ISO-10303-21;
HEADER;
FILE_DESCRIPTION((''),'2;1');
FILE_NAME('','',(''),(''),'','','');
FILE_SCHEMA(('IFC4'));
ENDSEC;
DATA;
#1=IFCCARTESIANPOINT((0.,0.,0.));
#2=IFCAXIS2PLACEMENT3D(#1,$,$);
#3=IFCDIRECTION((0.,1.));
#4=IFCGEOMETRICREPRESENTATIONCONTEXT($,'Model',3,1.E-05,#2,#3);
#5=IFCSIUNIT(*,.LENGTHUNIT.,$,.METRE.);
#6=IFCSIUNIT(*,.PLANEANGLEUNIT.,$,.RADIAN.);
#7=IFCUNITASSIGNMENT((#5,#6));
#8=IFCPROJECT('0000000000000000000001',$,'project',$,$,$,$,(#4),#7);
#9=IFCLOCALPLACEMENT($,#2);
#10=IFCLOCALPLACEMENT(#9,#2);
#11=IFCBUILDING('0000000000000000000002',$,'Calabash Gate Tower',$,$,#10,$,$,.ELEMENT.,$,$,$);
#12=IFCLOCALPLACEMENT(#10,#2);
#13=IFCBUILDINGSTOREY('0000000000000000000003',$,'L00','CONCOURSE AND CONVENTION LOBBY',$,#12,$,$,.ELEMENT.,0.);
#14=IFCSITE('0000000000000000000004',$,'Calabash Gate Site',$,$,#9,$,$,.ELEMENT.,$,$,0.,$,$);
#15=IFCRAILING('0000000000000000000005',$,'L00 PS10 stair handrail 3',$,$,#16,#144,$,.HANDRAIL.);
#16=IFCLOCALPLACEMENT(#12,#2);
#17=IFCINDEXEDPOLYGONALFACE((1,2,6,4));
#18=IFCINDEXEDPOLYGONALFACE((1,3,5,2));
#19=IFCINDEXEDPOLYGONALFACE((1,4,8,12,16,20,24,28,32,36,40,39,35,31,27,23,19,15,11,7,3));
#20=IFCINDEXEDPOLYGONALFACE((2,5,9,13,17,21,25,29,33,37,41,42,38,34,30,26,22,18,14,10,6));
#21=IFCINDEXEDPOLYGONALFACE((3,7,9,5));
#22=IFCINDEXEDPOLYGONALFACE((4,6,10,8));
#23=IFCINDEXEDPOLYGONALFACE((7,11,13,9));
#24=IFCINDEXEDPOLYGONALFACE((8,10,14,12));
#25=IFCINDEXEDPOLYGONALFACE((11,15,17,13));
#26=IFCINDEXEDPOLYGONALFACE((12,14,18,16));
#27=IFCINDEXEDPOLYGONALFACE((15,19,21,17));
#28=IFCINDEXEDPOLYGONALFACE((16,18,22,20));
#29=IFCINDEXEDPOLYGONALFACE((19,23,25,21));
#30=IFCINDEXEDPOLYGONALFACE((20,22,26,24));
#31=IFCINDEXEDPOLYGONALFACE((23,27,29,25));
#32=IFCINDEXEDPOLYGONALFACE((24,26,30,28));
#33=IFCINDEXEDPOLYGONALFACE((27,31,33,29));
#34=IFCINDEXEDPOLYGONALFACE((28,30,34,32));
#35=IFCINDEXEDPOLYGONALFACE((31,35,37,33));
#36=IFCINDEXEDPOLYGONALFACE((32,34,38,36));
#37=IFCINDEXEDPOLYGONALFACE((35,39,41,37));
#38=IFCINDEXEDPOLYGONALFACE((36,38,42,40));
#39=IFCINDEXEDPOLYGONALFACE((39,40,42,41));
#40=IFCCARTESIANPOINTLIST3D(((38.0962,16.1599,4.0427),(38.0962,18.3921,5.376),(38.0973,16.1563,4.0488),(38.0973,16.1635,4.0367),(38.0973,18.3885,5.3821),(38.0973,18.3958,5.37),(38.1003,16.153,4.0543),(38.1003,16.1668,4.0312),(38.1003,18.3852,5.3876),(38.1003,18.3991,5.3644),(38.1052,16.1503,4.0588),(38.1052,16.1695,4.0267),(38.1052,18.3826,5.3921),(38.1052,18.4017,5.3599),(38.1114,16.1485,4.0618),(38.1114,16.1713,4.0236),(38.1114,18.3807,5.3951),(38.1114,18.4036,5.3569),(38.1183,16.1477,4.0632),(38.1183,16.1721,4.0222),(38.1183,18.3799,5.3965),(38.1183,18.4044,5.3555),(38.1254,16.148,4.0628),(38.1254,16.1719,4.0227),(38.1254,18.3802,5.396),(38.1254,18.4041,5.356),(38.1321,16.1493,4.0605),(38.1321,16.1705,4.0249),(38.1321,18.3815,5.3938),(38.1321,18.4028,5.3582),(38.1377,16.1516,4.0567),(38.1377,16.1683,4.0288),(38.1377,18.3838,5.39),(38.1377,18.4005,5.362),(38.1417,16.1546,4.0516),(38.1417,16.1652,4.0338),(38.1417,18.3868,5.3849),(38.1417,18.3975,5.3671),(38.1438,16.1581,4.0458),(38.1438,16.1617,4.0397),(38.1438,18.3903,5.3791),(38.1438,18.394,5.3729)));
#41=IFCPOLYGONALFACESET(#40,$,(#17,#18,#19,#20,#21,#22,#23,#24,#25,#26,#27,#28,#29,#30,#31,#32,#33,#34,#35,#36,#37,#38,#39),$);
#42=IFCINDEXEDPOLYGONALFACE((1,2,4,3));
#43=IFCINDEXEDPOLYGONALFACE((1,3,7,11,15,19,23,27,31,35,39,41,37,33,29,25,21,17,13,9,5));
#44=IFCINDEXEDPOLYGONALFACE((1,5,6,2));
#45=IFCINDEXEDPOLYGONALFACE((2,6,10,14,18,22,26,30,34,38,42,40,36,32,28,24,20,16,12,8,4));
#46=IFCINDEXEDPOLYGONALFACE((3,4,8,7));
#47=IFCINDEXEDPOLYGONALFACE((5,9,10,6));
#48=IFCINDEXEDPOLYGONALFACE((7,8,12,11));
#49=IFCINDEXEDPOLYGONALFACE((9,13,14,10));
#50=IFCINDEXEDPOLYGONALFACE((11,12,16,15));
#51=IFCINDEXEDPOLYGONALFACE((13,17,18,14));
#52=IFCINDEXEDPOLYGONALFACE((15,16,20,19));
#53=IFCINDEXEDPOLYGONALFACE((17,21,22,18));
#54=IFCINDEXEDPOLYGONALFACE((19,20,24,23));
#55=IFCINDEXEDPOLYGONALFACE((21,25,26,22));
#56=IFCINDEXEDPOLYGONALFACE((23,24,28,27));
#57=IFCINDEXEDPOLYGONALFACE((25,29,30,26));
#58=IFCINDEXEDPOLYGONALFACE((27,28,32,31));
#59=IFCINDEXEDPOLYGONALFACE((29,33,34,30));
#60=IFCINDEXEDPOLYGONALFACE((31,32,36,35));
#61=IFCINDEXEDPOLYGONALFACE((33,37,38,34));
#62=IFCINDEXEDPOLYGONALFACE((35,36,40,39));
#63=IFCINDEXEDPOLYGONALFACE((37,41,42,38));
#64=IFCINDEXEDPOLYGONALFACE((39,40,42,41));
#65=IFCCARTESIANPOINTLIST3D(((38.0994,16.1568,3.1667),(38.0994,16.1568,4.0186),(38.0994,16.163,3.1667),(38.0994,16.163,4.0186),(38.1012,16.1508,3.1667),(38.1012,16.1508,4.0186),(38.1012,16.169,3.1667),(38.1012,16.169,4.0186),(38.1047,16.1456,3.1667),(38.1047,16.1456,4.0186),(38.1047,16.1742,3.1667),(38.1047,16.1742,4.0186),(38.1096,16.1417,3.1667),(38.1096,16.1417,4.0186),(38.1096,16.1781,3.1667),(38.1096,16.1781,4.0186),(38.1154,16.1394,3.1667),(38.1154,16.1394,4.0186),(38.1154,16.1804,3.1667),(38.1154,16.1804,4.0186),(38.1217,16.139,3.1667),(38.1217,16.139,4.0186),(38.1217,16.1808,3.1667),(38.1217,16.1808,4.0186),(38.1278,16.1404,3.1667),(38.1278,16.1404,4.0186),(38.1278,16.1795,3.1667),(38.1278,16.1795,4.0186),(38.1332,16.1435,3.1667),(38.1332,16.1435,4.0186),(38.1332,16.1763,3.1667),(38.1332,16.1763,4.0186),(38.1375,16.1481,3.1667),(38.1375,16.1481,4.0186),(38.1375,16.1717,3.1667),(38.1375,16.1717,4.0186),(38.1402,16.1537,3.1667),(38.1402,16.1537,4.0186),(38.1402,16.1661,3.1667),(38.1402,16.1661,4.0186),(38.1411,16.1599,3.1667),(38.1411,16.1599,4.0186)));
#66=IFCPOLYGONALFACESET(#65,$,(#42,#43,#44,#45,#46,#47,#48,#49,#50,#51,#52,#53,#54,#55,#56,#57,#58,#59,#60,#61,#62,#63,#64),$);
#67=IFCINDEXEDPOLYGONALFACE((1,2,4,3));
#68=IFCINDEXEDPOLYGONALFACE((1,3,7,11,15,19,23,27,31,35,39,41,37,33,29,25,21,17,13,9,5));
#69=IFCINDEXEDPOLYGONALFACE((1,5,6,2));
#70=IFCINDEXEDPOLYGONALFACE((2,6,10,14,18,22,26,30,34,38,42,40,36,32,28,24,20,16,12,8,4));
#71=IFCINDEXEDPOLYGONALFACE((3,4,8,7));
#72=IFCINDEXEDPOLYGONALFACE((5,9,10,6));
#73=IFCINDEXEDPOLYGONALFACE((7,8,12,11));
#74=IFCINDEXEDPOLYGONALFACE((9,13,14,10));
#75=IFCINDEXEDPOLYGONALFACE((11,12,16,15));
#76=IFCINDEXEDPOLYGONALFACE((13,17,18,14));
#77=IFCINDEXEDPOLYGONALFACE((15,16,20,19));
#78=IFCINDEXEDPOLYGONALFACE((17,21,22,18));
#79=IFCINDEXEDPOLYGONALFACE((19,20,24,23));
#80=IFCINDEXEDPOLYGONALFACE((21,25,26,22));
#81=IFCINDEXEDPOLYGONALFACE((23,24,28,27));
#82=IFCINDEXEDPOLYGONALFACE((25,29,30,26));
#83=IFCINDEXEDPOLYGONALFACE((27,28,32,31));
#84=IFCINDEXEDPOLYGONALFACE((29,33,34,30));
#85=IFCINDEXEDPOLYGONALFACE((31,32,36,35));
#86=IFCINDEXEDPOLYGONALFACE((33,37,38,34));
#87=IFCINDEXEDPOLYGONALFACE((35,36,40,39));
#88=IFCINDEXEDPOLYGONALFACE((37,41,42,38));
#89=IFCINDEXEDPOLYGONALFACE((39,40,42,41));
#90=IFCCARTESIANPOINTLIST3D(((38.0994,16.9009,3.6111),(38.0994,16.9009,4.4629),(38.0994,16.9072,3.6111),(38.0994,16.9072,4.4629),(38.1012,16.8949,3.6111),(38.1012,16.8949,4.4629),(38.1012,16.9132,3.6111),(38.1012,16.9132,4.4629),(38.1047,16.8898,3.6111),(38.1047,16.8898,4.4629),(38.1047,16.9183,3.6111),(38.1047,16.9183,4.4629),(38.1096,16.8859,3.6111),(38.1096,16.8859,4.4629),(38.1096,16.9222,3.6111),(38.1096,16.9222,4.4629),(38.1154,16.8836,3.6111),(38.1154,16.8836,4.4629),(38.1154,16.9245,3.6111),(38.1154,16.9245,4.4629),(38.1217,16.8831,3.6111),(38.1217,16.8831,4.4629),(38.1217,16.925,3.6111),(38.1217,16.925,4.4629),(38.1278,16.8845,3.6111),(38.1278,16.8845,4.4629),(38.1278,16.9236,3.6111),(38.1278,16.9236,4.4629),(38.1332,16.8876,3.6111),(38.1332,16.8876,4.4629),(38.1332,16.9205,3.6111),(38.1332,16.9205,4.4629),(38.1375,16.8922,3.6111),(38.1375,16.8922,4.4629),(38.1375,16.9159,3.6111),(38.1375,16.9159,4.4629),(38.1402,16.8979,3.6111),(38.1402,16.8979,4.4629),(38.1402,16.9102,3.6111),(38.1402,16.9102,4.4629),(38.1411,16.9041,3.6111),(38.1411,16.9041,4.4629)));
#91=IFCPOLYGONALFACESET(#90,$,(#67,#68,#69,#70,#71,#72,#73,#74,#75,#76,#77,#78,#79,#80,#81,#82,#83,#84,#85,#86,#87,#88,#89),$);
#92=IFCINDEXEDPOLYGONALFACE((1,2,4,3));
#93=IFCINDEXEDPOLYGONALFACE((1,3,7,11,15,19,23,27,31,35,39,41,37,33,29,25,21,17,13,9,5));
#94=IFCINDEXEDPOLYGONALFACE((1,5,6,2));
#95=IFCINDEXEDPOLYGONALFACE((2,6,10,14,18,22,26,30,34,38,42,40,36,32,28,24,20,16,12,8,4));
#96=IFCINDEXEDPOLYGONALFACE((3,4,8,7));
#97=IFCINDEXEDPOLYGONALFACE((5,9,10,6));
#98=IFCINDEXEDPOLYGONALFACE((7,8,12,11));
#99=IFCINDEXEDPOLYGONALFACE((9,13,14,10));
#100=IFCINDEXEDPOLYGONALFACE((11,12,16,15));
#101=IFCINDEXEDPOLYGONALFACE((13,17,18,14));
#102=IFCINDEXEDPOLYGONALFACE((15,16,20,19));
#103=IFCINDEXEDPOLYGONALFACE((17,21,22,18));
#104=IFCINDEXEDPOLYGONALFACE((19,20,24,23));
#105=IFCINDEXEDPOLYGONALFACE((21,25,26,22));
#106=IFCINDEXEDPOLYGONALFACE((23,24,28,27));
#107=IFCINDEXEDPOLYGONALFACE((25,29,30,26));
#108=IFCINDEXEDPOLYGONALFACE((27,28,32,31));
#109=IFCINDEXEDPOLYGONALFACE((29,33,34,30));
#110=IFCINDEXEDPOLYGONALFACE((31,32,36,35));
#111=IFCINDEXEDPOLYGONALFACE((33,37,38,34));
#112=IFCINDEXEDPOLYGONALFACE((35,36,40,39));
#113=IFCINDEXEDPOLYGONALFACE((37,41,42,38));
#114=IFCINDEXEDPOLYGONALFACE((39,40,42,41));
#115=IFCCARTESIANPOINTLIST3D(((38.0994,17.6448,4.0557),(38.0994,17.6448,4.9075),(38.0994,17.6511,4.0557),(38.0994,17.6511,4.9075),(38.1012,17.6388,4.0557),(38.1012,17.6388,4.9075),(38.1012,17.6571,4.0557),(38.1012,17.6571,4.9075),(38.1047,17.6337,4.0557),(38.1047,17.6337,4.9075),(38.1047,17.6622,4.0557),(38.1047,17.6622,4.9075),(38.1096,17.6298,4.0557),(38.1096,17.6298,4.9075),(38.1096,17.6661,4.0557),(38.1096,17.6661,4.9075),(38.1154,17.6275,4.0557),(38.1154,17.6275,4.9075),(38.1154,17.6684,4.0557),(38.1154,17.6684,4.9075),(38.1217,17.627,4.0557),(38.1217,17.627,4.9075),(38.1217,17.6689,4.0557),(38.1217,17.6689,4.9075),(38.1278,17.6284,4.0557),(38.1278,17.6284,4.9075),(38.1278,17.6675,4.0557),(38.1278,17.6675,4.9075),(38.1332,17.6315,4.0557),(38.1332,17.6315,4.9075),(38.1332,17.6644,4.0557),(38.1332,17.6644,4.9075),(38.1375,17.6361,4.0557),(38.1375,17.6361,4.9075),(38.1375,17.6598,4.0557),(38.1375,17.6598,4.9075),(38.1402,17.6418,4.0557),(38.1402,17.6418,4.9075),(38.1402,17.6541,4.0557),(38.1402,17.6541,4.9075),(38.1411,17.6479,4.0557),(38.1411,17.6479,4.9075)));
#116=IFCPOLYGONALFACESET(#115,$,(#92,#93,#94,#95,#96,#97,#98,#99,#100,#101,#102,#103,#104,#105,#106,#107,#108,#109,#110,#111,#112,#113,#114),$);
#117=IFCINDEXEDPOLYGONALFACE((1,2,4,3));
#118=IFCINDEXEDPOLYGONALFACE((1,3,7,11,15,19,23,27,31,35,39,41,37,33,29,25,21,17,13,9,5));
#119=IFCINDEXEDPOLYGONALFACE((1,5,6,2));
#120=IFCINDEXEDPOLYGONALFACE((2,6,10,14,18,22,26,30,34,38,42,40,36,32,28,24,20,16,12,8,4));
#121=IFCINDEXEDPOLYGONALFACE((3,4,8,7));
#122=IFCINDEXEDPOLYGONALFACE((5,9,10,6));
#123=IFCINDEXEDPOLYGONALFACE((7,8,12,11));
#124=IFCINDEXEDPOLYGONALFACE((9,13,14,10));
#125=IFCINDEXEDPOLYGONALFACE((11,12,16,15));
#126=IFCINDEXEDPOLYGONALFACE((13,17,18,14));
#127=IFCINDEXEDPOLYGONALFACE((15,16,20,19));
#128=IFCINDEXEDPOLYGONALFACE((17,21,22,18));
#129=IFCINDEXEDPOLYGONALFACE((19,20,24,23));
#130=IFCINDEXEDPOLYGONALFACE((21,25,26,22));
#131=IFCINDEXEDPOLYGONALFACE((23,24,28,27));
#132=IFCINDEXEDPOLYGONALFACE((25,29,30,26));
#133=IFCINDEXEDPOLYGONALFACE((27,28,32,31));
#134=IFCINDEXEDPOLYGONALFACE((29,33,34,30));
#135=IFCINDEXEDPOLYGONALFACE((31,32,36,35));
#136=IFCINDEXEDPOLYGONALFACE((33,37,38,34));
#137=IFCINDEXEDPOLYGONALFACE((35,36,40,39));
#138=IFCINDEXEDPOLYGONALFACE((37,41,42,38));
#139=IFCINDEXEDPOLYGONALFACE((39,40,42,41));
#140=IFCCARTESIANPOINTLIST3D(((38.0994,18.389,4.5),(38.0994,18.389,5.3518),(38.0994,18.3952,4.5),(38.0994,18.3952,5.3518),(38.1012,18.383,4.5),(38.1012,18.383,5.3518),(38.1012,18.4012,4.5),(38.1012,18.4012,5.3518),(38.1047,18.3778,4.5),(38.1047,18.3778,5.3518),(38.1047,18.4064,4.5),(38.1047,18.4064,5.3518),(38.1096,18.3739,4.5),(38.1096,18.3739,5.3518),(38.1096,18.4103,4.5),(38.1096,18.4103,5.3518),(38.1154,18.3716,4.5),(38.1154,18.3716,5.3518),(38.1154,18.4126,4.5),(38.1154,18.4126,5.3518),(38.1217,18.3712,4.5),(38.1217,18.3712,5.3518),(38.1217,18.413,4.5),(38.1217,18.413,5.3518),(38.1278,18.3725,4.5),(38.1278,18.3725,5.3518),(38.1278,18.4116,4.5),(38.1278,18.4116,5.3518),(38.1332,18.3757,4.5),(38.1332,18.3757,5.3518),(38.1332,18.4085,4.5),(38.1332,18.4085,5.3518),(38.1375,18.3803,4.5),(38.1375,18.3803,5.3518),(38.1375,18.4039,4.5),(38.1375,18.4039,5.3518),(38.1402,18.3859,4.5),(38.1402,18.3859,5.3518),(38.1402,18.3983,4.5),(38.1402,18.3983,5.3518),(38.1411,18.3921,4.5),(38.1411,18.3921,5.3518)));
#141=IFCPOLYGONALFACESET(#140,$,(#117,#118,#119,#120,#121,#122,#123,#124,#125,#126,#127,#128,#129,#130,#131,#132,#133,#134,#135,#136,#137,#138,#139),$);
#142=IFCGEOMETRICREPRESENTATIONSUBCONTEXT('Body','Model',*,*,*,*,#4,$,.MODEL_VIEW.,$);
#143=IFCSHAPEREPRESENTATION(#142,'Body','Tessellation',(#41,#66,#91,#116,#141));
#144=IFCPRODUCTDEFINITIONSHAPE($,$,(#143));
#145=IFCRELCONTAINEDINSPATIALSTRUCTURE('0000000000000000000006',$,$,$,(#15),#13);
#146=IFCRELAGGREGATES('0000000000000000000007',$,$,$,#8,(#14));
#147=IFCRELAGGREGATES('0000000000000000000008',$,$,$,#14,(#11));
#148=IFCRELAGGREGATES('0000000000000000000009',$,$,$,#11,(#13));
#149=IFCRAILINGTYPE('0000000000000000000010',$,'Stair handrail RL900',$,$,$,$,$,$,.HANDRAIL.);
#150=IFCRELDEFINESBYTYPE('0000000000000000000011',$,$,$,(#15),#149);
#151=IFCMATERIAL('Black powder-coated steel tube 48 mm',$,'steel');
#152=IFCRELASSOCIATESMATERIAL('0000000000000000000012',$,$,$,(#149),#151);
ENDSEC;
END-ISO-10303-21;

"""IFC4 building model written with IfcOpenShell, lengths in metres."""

from ifc_helpers import new_model, si_unit, direction, frame, origin, origin_2d, place, context, subcontext, project, spatial, circle, extrude, material, type_object, element, save


model = new_model("IFC4")

# Units and contexts
model_context = context("Model", 3, precision=1e-05, world=origin(), true_north=direction((0.0, 1.0)))
body_context = subcontext(model_context, "Body", "Model", "MODEL_VIEW")
ifc_project = project(units=[si_unit("LENGTHUNIT", "METRE"), si_unit("PLANEANGLEUNIT", "RADIAN")], contexts=[model_context])

# Site, building, storey
site_placement = place(None, origin())
site = spatial("IfcSite", under=ifc_project, at=site_placement, Name="Calabash Gate Site", CompositionType="ELEMENT", RefElevation=0.0)
building_placement = place(site_placement, origin())
building = spatial("IfcBuilding", under=site, at=building_placement, Name="Calabash Gate Tower", CompositionType="ELEMENT")
storey_placement = place(building_placement, origin())
storey = spatial("IfcBuildingStorey", under=building, at=storey_placement, Name="L00", Description="CONCOURSE AND CONVENTION LOBBY", CompositionType="ELEMENT", Elevation=0.0)

# Railing
ifc_material_1 = material(Name="Black powder-coated steel tube 48 mm", Category="steel")
railing_type_1 = type_object("IfcRailingType", Name="Stair handrail RL900", PredefinedType="HANDRAIL", material=ifc_material_1)
for number, where, name in (
    (1, (38.1201, 16.1599, 3.1667), "L00 PS10 stair handrail 3"),
):
    element("IfcRailing", number, at=place(storey_placement, frame(where)), inside=storey, type_object=railing_type_1, Name=name, PredefinedType="HANDRAIL", context=body_context, shape_type="SweptSolid", body=[
        extrude(circle(Radius=0.0239, at=origin_2d()), frame((0.0, 0.0, 0.876), z_axis=(0.0, 0.858519, 0.512782), x_axis=(-1.0, 0.0, 0.0)), (0.0, 0.0, 1.0), 2.6001),
        extrude(circle(Radius=0.021, at=origin_2d()), origin(), (0.0, 0.0, 1.0), 0.8518),
        extrude(circle(Radius=0.021, at=origin_2d()), frame((0.0, 0.7441, 0.4443)), (0.0, 0.0, 1.0), 0.8518),
        extrude(circle(Radius=0.021, at=origin_2d()), frame((0.0, 1.488, 0.8889)), (0.0, 0.0, 1.0), 0.8518),
        extrude(circle(Radius=0.021, at=origin_2d()), frame((0.0, 2.2322, 1.3333)), (0.0, 0.0, 1.0), 0.8518),
    ])

save(model, "model.ifc")
